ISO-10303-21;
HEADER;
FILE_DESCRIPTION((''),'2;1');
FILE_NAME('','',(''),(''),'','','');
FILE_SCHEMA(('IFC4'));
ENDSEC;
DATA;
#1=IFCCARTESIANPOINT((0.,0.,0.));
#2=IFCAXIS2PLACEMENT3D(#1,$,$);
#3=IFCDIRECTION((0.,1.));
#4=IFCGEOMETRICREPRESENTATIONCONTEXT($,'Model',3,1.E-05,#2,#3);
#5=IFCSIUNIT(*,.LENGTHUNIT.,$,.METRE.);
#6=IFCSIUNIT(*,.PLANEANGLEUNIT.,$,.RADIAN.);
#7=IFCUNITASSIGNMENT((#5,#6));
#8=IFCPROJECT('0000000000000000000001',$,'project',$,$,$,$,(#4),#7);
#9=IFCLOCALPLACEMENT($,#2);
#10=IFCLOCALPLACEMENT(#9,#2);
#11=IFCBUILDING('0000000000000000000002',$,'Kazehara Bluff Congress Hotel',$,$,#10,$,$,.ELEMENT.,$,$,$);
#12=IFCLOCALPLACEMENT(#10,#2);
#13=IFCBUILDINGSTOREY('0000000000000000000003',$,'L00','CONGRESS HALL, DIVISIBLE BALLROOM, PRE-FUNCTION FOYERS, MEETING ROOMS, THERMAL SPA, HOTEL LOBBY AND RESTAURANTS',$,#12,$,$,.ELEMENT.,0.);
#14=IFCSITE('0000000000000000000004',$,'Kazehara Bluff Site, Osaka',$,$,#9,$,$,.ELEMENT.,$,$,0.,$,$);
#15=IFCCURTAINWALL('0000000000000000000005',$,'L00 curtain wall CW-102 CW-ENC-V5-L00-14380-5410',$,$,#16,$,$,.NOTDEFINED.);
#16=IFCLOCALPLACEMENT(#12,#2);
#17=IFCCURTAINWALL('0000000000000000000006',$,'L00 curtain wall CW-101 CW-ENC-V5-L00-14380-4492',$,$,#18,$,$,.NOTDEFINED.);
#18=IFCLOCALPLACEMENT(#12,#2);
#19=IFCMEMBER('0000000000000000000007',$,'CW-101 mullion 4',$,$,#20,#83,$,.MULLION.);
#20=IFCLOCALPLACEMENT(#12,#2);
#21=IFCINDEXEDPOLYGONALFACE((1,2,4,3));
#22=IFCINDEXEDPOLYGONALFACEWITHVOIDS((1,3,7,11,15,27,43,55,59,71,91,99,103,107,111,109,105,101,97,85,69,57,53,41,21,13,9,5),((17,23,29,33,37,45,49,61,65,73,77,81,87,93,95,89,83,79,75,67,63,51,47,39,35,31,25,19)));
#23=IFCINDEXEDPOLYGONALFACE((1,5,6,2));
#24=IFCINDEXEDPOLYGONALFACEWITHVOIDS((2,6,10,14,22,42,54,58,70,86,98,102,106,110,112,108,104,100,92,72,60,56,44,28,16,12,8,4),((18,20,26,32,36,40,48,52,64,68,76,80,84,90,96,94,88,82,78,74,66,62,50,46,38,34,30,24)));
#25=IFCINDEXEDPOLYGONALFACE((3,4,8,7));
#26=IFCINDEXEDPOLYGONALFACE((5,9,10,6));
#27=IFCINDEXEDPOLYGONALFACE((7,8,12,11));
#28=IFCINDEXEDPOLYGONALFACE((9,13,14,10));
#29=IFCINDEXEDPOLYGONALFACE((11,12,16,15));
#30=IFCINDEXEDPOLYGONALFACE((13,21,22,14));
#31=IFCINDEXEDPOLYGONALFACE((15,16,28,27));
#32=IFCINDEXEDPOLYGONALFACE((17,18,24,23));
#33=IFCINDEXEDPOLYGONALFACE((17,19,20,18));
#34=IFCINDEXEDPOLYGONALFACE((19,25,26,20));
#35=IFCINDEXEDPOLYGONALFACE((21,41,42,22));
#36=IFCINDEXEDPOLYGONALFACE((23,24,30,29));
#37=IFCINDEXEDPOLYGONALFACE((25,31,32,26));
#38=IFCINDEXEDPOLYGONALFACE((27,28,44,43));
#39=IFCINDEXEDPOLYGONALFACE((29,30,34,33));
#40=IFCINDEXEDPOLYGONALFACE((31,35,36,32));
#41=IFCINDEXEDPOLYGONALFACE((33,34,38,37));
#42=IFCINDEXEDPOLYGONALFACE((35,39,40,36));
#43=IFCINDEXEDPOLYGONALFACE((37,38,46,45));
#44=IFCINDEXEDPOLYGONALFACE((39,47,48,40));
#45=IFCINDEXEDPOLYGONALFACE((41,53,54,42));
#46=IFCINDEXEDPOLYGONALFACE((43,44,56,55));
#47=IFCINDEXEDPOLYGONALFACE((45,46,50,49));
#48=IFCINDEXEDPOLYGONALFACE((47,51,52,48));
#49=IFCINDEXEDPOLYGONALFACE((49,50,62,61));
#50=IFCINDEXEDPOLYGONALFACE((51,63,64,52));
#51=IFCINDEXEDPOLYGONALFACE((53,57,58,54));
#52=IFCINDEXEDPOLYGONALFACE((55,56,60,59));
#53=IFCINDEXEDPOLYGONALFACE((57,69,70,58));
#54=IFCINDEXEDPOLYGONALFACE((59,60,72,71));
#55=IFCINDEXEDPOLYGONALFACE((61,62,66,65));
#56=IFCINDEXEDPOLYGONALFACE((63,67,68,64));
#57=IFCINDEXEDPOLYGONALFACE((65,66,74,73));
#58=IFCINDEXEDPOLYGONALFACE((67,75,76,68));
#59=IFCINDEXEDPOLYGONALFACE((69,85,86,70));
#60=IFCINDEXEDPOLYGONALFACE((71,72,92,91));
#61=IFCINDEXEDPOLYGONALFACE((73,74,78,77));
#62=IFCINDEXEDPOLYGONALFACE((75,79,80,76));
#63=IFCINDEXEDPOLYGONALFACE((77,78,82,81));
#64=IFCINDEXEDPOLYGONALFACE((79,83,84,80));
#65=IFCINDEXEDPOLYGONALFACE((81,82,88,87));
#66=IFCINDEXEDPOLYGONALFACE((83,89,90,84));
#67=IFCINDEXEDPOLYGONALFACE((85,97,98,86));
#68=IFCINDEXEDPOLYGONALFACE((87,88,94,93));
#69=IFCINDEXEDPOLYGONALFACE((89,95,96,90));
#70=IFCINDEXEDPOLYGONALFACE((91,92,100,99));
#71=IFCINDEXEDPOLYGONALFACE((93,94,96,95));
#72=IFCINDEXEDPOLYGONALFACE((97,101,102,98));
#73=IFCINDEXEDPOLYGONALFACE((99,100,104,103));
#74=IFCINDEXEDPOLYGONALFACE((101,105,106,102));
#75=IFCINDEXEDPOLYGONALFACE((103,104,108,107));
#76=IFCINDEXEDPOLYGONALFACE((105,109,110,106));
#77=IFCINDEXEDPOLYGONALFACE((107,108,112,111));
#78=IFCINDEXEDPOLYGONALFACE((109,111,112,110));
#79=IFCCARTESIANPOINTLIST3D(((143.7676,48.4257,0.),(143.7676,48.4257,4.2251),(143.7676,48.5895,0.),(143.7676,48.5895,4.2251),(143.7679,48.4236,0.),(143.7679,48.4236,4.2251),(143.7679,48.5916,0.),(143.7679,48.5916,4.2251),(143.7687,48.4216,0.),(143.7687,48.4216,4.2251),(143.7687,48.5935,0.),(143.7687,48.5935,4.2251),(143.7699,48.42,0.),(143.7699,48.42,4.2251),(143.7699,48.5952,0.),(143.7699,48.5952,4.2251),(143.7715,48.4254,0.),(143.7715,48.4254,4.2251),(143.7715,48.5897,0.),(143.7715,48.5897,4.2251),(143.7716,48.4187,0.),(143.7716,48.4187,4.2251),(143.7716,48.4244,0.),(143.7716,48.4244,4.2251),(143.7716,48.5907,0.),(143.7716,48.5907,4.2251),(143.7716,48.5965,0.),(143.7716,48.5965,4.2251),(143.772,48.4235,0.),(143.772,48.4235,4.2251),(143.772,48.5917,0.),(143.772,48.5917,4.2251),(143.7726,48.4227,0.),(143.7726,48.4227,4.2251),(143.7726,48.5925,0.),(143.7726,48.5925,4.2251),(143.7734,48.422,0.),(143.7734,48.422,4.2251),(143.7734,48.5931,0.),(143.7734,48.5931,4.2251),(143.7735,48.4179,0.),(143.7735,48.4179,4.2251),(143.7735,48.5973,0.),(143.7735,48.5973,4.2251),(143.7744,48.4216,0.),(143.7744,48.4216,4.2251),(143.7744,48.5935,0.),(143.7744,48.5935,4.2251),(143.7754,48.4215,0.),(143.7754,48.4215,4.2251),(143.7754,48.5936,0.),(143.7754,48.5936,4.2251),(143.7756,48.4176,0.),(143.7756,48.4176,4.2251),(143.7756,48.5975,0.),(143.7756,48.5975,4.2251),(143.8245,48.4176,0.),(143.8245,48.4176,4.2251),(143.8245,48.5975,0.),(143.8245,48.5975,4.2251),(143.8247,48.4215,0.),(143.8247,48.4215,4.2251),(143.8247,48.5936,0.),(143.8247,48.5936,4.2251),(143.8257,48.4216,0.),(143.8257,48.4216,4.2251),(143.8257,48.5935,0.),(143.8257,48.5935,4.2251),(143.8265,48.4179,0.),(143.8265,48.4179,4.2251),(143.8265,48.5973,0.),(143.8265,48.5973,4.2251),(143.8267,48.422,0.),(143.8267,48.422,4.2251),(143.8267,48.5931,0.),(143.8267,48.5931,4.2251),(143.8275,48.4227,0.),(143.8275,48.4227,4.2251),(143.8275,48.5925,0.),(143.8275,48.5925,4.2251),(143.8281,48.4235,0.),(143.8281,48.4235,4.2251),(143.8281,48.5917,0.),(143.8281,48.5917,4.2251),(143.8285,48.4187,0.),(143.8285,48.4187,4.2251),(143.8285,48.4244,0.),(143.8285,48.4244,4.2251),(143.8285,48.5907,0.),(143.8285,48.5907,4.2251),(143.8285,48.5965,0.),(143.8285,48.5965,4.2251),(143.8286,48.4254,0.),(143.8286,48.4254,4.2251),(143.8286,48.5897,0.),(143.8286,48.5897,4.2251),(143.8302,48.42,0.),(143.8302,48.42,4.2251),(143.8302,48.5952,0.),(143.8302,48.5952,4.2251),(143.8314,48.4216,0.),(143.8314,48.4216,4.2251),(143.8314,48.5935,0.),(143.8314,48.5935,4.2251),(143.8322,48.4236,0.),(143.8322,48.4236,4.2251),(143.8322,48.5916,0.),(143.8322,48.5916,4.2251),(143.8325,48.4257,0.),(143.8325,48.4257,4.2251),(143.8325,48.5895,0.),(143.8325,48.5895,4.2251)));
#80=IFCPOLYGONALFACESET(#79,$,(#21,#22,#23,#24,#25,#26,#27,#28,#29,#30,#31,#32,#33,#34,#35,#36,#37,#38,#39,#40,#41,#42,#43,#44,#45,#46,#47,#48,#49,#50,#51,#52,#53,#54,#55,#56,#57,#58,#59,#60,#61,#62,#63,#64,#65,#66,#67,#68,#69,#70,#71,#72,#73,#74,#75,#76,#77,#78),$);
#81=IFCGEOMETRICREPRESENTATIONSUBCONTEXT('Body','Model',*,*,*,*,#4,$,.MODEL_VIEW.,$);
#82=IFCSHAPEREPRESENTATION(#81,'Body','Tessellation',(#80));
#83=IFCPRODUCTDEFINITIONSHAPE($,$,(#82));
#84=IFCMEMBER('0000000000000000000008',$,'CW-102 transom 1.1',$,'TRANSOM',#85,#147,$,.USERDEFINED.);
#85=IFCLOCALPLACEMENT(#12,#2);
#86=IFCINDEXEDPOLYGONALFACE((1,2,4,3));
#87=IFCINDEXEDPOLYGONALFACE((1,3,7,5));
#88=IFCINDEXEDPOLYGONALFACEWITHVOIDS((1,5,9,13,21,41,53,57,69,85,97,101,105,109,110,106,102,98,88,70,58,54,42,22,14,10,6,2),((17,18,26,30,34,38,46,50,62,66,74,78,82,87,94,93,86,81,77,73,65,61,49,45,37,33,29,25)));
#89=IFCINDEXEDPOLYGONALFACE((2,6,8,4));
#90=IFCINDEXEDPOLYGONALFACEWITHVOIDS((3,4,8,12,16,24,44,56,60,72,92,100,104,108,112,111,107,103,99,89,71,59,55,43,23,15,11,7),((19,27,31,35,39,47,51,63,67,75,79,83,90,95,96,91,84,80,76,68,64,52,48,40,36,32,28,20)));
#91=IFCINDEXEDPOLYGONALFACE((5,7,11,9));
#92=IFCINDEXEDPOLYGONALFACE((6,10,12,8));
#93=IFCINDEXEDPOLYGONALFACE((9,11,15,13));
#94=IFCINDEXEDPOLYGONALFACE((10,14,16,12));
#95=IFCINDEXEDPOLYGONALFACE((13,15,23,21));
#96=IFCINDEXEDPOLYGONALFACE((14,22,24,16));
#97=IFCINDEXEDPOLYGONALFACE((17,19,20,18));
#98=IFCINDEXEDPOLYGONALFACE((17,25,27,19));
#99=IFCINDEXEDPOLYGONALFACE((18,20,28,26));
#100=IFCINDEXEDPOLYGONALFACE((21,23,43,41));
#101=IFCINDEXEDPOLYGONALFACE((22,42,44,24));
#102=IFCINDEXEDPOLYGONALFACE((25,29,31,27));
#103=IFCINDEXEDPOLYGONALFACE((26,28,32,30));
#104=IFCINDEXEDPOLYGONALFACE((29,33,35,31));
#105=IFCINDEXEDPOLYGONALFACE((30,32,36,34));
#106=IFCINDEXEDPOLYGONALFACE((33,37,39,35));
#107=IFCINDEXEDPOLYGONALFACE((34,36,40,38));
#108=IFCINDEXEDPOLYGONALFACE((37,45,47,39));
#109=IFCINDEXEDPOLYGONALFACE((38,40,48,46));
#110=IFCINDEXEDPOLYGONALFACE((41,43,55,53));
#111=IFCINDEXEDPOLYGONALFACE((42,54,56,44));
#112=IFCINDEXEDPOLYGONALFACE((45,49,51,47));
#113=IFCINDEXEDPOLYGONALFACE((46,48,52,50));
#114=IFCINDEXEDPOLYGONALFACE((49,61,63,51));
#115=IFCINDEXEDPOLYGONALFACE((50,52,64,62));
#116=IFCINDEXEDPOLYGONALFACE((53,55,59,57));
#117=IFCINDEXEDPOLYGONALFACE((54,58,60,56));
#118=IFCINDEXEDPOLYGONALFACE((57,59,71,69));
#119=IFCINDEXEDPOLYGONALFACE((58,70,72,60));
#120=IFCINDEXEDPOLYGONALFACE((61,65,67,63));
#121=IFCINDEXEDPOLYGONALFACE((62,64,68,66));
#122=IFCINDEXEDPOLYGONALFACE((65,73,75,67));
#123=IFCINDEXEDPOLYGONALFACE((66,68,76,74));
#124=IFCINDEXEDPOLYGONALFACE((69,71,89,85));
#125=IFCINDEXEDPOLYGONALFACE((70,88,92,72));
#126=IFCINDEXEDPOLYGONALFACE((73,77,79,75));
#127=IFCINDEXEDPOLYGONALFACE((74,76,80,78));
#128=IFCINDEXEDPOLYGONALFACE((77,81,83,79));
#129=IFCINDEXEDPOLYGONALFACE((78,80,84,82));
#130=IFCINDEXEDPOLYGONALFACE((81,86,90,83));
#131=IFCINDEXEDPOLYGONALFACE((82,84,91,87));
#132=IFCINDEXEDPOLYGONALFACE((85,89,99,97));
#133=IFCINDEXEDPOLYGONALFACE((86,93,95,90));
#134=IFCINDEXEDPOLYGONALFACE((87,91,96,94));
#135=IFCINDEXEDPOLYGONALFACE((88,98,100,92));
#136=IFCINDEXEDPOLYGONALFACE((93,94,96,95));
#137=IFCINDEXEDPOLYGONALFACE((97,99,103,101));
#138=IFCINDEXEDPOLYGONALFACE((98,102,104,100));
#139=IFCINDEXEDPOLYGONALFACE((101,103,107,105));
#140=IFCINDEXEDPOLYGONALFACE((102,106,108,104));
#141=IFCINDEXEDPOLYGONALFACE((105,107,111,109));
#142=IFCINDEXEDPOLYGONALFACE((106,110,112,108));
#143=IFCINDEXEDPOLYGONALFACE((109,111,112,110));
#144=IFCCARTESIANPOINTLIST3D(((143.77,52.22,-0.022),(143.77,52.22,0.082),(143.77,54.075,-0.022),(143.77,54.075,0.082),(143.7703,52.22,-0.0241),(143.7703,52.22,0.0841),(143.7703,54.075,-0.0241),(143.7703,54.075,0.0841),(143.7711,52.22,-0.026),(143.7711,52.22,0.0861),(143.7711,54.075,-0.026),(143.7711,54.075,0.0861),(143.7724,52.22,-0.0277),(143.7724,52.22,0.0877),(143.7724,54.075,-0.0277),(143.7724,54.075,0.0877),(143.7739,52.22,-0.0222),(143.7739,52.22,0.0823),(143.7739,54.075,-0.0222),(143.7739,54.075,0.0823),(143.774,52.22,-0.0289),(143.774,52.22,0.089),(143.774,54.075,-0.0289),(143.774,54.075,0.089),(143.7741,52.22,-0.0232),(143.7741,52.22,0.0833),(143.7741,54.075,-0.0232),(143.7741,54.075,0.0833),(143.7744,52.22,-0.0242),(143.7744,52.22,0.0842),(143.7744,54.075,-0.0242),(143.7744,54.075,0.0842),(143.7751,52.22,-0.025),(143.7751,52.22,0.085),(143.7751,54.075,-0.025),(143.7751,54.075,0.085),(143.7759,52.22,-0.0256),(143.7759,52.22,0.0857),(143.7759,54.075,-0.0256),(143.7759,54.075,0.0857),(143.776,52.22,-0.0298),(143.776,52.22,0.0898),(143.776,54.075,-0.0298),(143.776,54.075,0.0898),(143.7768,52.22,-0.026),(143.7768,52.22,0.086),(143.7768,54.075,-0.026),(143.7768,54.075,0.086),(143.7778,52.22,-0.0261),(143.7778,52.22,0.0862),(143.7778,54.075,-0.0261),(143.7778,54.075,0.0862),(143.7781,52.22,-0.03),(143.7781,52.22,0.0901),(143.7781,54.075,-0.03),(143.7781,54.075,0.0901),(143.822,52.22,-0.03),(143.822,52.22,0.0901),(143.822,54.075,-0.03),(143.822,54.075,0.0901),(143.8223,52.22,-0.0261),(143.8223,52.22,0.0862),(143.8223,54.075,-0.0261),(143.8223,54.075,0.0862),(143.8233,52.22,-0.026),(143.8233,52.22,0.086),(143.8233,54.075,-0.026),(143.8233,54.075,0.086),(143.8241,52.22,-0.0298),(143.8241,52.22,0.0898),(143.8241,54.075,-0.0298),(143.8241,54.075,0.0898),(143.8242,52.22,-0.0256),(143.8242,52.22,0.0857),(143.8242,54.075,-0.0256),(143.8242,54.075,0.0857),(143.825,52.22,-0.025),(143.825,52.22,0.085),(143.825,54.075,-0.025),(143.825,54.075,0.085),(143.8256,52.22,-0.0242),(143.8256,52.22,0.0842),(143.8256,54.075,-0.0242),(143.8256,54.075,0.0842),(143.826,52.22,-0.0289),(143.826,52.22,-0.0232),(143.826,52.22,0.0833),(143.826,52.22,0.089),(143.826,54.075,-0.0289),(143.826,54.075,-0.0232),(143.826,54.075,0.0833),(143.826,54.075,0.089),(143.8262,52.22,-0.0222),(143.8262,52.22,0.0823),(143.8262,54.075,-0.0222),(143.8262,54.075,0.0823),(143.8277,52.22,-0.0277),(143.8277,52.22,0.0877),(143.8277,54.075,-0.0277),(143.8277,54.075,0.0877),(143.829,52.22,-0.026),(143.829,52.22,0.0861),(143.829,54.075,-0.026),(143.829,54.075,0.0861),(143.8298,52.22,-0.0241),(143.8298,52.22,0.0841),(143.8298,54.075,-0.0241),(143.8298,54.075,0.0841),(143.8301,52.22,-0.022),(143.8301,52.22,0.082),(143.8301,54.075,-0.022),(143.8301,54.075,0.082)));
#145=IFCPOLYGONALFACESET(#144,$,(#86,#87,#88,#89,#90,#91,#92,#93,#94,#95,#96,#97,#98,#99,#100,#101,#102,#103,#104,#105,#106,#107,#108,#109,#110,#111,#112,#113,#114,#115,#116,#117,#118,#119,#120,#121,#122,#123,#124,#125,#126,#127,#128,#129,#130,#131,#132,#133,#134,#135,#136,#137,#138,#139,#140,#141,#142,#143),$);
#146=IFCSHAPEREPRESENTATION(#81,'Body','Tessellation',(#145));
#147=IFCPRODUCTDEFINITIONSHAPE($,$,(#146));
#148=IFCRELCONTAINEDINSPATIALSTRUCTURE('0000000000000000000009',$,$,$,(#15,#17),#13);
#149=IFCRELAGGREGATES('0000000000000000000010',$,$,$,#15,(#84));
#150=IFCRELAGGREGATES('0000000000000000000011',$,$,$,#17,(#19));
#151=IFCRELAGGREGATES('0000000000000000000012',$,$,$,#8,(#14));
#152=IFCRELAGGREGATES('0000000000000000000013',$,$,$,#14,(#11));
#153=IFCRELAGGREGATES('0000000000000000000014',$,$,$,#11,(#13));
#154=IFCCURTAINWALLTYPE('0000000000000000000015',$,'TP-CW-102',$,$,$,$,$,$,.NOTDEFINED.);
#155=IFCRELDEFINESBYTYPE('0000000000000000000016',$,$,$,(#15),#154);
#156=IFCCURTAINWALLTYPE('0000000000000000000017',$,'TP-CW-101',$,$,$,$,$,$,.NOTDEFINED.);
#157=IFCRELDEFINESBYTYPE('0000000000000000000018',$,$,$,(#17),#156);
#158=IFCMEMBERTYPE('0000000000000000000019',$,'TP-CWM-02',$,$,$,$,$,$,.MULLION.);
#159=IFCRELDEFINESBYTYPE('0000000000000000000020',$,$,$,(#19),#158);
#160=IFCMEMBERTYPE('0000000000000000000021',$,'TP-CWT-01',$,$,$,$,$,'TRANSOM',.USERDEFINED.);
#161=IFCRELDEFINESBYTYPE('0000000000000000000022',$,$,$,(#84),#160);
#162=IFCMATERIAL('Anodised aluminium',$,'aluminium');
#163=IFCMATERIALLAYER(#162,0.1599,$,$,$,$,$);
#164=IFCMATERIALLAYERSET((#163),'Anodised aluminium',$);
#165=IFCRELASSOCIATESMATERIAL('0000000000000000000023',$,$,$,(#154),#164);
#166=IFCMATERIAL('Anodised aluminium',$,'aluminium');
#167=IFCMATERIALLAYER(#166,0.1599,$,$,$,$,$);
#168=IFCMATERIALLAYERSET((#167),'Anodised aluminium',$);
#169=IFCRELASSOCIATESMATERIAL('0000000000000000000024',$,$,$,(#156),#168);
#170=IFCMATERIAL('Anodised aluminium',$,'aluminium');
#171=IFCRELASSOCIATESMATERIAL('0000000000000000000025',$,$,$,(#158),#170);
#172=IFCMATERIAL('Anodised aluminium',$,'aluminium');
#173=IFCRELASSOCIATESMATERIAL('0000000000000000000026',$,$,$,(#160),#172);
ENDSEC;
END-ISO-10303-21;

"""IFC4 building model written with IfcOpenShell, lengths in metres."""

from ifc_helpers import new_model, si_unit, direction, frame, origin, origin_2d, place, context, subcontext, project, spatial, hollow_rectangle, extrude, material, layer, layer_set, material_profile, profile_set, type_object, element, aggregate, save


model = new_model("IFC4")

# Units and contexts
model_context = context("Model", 3, precision=1e-05, world=origin(), true_north=direction((0.0, 1.0)))
body_context = subcontext(model_context, "Body", "Model", "MODEL_VIEW")
ifc_project = project(units=[si_unit("LENGTHUNIT", "METRE"), si_unit("PLANEANGLEUNIT", "RADIAN")], contexts=[model_context])

# Site, building, storey
site_placement = place(None, origin())
site = spatial("IfcSite", under=ifc_project, at=site_placement, Name="Kazehara Bluff Site, Osaka", CompositionType="ELEMENT", RefElevation=0.0)
building_placement = place(site_placement, origin())
building = spatial("IfcBuilding", under=site, at=building_placement, Name="Kazehara Bluff Congress Hotel", CompositionType="ELEMENT")
storey_placement = place(building_placement, origin())
storey = spatial("IfcBuildingStorey", under=building, at=storey_placement, Name="L00", Description="CONGRESS HALL, DIVISIBLE BALLROOM, PRE-FUNCTION FOYERS, MEETING ROOMS, THERMAL SPA, HOTEL LOBBY AND RESTAURANTS", CompositionType="ELEMENT", Elevation=0.0)

# Curtain wall
ifc_material_1 = material(Name="Anodised aluminium", Category="aluminium")
ifc_layer_1 = layer(ifc_material_1, 0.1599)
ifc_layer_set_1 = layer_set([ifc_layer_1], Name="Anodised aluminium")
curtain_wall_type_1 = type_object("IfcCurtainWallType", Name="TP-CW-102", PredefinedType="NOTDEFINED", material=ifc_layer_set_1)
curtain_wall_1_placement = place(storey_placement, origin())
curtain_wall_1 = element("IfcCurtainWall", 1, at=curtain_wall_1_placement, inside=storey, type_object=curtain_wall_type_1, Name="L00 curtain wall CW-102 CW-ENC-V5-L00-14380-5410", PredefinedType="NOTDEFINED")

# Curtain wall, member
ifc_material_2 = material(Name="Anodised aluminium", Category="aluminium")
ifc_layer_2 = layer(ifc_material_2, 0.1599)
ifc_layer_set_2 = layer_set([ifc_layer_2], Name="Anodised aluminium")
curtain_wall_type_2 = type_object("IfcCurtainWallType", Name="TP-CW-101", PredefinedType="NOTDEFINED", material=ifc_layer_set_2)
curtain_wall_2_placement = place(storey_placement, origin())
curtain_wall_2 = element("IfcCurtainWall", 2, at=curtain_wall_2_placement, inside=storey, type_object=curtain_wall_type_2, Name="L00 curtain wall CW-101 CW-ENC-V5-L00-14380-4492", PredefinedType="NOTDEFINED")
ifc_material_3 = material(Name="Anodised aluminium", Category="aluminium")
ifc_material_profile_1 = material_profile(ifc_material_3, hollow_rectangle(XDim=0.0649, YDim=0.1799, WallThickness=0.0039, InnerFilletRadius=0.0039, OuterFilletRadius=0.0081, at=origin_2d()))
ifc_profile_set_1 = profile_set([ifc_material_profile_1], Name="Anodised aluminium")
member_type_1 = type_object("IfcMemberType", Name="TP-CWM-02", PredefinedType="MULLION", material=ifc_profile_set_1)
member_1_placement = place(storey_placement, frame((143.8, 48.5076, 0.0), z_axis=(0.0, 0.0, 1.0), x_axis=(-1.0, 0.0, 0.0)))
member_1 = element("IfcMember", 3, at=member_1_placement, type_object=member_type_1, Name="CW-101 mullion 4", PredefinedType="MULLION", context=body_context, shape_type="SweptSolid", body=[
    extrude(hollow_rectangle(XDim=0.0649, YDim=0.1799, WallThickness=0.0039, InnerFilletRadius=0.0039, OuterFilletRadius=0.0081, at=origin_2d()), origin(), (0.0, 0.0, 1.0), 4.2251),
])

# Member
ifc_material_4 = material(Name="Anodised aluminium", Category="aluminium")
ifc_material_profile_2 = material_profile(ifc_material_4, hollow_rectangle(XDim=0.0601, YDim=0.1201, WallThickness=0.0039, InnerFilletRadius=0.0039, OuterFilletRadius=0.0081, at=origin_2d()))
ifc_profile_set_2 = profile_set([ifc_material_profile_2], Name="Anodised aluminium")
member_type_2 = type_object("IfcMemberType", Name="TP-CWT-01", ElementType="TRANSOM", PredefinedType="USERDEFINED", material=ifc_profile_set_2)
member_2_placement = place(storey_placement, frame((143.8, 52.22, 0.03), z_axis=(0.0, 1.0, 0.0), x_axis=(-1.0, 0.0, 0.0)))
member_2 = element("IfcMember", 4, at=member_2_placement, type_object=member_type_2, Name="CW-102 transom 1.1", ObjectType="TRANSOM", PredefinedType="USERDEFINED", context=body_context, shape_type="SweptSolid", body=[
    extrude(hollow_rectangle(XDim=0.0601, YDim=0.1201, WallThickness=0.0039, InnerFilletRadius=0.0039, OuterFilletRadius=0.0081, at=origin_2d()), origin(), (0.0, 0.0, 1.0), 1.855),
])
aggregate(curtain_wall_1, [member_2])

aggregate(curtain_wall_2, [member_1])

save(model, "model.ifc")
